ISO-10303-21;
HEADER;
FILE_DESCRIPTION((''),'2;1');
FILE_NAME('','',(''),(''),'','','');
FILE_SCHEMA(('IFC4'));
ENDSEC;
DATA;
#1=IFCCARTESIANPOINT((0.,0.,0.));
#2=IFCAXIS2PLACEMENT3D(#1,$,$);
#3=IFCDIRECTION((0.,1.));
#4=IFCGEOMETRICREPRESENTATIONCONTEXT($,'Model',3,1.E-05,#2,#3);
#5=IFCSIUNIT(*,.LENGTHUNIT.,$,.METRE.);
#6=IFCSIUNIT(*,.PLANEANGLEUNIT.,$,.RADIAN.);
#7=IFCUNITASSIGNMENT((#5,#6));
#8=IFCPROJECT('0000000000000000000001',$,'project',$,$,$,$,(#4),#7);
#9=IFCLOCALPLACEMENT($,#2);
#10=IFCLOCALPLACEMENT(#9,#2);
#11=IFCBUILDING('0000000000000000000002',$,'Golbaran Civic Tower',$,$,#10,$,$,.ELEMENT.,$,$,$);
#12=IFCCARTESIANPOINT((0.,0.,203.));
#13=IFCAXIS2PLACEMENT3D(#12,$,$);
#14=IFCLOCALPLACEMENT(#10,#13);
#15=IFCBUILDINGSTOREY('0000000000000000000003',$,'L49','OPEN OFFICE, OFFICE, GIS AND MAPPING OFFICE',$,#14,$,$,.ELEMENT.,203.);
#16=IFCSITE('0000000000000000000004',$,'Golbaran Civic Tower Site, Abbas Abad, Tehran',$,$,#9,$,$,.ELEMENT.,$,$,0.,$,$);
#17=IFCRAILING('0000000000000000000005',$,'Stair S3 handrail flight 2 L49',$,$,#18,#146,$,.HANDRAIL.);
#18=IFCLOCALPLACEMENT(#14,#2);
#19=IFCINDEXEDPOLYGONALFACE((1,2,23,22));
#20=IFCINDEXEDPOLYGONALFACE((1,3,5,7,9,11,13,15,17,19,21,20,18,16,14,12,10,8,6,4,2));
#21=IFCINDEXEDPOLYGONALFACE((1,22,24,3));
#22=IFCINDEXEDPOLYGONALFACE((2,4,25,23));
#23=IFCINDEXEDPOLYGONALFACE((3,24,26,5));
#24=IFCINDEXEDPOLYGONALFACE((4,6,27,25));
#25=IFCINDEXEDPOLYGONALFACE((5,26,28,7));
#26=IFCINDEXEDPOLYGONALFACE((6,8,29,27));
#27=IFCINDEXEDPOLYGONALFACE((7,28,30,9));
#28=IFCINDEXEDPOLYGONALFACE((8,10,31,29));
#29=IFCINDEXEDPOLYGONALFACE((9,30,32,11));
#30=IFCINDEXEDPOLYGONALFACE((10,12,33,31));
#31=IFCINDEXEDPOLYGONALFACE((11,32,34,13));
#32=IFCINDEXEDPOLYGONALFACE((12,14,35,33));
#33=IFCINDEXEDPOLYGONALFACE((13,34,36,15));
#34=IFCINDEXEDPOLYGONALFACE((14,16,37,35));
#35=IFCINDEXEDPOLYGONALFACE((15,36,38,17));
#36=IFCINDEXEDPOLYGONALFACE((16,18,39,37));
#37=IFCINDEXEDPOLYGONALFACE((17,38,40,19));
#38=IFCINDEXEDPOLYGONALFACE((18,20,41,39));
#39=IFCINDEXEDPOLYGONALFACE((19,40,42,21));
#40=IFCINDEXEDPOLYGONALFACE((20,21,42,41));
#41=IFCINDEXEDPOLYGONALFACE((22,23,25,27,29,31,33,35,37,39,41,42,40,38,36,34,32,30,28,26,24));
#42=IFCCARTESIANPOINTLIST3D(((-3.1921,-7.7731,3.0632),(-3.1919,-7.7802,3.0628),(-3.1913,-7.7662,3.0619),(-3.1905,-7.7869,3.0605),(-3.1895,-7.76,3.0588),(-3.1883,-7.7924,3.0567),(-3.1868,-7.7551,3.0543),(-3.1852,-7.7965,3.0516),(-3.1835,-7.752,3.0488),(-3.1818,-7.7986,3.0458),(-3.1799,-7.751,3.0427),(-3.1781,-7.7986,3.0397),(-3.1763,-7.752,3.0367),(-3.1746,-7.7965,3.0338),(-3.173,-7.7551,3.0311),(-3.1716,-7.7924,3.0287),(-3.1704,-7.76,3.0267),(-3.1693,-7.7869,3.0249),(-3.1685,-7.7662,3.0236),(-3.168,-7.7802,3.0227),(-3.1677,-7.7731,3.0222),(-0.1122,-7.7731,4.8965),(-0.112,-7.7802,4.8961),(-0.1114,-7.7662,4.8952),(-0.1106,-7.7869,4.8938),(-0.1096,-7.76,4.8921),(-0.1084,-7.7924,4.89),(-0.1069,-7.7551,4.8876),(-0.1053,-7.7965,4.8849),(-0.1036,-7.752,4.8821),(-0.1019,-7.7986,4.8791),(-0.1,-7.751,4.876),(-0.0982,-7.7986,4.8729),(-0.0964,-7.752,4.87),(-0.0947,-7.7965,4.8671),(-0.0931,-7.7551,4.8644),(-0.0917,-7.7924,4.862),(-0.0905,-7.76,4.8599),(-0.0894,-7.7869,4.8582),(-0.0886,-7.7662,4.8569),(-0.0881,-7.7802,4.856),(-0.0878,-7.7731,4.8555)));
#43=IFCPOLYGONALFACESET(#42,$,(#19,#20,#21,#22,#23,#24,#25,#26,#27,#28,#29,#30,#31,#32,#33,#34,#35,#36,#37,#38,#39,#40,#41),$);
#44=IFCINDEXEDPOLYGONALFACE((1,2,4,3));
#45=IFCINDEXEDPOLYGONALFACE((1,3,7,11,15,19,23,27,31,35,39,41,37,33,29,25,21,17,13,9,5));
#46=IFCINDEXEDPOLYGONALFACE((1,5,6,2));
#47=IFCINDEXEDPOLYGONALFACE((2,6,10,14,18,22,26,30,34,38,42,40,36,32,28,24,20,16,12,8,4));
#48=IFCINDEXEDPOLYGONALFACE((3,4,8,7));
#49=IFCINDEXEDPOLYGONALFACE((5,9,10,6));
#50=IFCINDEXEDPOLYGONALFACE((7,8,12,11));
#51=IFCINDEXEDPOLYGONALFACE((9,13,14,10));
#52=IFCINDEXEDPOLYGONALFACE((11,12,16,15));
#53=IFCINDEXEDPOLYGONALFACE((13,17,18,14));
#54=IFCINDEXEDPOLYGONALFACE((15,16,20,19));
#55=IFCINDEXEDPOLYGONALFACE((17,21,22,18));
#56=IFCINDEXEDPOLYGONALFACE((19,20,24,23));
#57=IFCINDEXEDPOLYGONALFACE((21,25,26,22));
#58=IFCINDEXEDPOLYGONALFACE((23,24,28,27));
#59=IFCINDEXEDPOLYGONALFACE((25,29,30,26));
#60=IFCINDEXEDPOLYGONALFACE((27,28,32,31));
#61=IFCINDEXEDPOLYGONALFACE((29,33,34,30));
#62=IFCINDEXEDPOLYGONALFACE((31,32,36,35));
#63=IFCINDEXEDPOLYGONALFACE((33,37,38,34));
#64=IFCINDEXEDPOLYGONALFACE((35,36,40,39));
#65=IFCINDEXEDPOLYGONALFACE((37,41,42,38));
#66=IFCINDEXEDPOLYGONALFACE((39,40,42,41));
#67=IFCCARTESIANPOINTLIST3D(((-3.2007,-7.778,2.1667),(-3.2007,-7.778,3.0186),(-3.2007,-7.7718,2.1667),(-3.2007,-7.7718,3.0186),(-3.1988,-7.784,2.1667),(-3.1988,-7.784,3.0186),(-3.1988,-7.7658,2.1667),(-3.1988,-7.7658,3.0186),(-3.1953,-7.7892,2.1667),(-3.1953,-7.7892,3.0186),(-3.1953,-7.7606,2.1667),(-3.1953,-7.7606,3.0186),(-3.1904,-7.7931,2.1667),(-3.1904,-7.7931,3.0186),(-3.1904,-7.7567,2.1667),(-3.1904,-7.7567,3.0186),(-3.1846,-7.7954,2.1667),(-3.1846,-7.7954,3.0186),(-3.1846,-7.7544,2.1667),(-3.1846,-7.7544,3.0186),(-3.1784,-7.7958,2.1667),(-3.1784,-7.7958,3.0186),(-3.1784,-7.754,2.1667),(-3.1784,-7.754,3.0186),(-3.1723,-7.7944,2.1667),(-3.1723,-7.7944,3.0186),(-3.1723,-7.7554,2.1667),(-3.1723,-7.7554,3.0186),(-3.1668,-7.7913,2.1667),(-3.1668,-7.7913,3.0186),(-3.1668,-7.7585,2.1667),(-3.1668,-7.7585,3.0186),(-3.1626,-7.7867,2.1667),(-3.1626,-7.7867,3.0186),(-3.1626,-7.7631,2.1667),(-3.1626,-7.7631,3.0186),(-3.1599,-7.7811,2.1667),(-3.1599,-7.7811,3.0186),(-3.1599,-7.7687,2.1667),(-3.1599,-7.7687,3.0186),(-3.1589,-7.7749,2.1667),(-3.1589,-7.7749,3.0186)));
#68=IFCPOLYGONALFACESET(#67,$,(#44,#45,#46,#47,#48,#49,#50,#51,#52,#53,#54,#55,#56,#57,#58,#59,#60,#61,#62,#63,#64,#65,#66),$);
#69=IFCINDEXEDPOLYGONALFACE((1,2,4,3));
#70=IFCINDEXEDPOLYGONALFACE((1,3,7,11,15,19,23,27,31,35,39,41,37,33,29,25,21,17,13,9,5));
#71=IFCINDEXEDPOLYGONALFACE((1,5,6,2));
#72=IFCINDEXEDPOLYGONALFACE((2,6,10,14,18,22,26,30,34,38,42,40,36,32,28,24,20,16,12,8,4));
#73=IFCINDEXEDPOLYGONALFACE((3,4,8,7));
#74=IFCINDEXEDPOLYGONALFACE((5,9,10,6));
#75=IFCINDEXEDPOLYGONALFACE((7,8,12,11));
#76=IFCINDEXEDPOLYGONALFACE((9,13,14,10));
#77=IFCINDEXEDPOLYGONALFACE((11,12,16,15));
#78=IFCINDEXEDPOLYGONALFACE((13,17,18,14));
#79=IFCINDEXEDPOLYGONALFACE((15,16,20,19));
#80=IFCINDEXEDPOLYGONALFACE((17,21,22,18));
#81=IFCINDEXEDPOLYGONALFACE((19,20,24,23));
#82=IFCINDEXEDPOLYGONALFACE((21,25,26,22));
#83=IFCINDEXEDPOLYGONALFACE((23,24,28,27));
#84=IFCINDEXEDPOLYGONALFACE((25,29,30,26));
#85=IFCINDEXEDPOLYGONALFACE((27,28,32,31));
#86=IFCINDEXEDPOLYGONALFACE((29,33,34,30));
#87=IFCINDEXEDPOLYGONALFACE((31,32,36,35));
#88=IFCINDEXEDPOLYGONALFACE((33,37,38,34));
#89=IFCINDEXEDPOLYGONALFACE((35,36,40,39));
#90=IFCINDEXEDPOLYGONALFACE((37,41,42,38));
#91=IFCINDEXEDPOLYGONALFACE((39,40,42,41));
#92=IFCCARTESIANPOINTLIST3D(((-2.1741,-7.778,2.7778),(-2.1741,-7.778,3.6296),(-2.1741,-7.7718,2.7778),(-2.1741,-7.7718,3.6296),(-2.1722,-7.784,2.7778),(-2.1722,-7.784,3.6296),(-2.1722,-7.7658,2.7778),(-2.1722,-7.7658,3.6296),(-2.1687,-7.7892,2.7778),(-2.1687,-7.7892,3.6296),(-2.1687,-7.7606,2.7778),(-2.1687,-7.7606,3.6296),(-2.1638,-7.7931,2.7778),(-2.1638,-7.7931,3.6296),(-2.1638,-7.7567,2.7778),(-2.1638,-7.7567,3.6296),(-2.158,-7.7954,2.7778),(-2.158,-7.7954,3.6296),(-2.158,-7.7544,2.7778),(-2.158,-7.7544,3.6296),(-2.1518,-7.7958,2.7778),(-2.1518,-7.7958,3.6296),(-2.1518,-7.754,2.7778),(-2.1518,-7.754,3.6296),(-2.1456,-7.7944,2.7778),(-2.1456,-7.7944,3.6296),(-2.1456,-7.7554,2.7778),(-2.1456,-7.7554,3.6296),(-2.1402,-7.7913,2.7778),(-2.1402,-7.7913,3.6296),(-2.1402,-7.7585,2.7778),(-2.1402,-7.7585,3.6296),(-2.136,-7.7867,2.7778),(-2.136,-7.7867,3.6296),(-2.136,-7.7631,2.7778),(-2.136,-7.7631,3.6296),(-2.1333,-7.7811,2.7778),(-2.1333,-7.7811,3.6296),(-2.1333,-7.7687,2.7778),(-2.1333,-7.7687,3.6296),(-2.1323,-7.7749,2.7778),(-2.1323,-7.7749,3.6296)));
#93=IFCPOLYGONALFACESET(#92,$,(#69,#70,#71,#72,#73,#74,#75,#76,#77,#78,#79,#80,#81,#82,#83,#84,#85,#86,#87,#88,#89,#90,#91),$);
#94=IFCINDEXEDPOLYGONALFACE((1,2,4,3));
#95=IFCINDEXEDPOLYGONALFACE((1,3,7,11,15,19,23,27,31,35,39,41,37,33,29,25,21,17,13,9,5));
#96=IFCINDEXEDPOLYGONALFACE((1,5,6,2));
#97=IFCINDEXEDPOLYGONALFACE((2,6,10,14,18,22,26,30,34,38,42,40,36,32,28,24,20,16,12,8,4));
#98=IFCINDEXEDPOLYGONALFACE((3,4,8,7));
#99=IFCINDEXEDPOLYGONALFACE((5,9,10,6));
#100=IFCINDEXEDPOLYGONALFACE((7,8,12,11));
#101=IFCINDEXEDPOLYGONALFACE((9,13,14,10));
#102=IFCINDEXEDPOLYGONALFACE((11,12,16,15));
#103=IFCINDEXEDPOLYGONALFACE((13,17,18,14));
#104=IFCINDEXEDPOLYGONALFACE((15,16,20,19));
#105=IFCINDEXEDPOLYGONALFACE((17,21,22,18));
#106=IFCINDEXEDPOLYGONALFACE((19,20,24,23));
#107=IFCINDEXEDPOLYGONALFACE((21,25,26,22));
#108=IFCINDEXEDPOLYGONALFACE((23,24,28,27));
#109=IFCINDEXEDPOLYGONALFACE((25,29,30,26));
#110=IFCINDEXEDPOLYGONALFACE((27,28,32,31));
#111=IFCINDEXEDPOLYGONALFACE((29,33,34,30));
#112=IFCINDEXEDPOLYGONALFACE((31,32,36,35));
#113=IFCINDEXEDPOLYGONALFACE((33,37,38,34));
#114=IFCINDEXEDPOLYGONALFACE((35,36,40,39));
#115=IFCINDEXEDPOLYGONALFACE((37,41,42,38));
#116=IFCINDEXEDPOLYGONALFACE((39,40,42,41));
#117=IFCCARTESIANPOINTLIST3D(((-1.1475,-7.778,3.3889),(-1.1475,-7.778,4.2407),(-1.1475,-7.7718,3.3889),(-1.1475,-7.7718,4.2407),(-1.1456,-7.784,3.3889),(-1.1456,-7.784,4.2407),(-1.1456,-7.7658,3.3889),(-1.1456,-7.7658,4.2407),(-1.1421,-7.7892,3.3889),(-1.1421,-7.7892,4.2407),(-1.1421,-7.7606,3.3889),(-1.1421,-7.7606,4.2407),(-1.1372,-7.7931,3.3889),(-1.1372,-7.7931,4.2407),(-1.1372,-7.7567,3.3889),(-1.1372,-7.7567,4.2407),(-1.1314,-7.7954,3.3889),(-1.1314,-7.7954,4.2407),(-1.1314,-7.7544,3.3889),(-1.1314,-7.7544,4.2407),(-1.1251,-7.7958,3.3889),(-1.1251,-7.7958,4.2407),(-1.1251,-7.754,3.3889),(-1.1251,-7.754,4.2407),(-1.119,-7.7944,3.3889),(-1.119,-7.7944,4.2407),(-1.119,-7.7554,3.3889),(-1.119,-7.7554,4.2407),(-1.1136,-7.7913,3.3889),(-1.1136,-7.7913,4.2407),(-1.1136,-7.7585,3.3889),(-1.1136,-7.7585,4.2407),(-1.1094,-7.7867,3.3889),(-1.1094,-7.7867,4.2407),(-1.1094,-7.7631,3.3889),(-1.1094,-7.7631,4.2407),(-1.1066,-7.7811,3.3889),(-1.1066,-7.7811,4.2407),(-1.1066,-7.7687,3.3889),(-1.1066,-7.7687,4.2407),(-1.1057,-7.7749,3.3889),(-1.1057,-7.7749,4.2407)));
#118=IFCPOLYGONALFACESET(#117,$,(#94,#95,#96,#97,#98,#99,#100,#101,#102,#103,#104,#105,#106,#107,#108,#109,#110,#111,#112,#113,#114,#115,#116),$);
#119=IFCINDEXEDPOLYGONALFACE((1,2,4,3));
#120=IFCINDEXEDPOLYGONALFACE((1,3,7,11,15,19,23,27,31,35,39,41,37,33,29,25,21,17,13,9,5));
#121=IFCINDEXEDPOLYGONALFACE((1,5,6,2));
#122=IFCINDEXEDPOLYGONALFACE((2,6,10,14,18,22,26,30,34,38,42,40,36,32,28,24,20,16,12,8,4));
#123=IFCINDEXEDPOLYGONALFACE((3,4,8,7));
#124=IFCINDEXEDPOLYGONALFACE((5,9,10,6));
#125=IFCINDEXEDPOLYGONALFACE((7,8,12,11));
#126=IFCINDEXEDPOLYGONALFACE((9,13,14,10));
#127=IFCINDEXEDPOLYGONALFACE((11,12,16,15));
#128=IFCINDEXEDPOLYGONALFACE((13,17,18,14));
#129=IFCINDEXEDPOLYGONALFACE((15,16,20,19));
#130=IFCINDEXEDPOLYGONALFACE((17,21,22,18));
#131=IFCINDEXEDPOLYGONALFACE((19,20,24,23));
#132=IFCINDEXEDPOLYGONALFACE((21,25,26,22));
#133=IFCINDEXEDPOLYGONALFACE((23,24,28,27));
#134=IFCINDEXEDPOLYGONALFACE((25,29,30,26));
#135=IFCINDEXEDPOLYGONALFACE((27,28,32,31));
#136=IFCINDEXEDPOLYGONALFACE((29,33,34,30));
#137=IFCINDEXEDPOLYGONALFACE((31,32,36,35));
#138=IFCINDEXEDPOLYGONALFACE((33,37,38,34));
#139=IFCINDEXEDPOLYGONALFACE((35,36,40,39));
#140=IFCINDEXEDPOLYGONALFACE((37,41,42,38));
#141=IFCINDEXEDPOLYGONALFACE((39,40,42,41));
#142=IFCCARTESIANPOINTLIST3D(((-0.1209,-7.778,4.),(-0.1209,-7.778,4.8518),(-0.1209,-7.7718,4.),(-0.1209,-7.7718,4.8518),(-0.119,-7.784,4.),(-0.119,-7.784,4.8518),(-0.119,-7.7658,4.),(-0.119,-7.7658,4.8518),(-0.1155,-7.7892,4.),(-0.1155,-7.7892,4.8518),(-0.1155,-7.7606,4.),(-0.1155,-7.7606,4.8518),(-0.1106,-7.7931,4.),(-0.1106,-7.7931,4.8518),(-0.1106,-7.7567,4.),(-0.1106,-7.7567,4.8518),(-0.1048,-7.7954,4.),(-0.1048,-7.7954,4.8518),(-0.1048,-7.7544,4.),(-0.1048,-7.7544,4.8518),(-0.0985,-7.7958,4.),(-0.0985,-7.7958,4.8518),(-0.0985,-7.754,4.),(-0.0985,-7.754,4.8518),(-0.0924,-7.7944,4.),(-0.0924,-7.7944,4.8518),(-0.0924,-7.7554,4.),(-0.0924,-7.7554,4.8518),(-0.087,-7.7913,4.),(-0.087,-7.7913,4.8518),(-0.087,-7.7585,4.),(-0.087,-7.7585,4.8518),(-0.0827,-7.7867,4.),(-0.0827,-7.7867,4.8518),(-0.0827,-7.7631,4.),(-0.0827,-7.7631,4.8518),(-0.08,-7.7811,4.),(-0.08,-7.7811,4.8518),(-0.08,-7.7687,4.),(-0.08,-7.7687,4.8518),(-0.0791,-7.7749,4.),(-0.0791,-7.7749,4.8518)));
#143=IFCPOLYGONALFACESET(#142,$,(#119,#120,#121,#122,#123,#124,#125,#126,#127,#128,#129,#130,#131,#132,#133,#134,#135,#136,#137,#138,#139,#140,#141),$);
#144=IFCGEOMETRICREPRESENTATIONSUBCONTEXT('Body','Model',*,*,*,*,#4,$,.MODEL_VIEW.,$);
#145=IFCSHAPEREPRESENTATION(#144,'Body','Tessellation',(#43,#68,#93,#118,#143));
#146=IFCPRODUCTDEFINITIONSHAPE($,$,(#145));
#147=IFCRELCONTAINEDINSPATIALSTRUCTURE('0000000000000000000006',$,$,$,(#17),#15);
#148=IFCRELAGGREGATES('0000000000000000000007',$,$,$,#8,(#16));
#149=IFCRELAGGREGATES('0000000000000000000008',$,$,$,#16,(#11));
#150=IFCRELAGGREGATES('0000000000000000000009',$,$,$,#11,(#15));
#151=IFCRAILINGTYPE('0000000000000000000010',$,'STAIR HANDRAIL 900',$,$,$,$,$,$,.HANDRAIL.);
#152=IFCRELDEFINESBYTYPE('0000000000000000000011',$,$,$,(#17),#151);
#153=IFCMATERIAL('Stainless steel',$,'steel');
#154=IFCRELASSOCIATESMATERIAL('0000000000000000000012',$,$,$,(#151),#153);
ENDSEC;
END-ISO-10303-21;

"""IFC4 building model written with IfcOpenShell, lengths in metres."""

from ifc_helpers import new_model, si_unit, direction, frame, origin, origin_2d, place, context, subcontext, project, spatial, circle, extrude, material, type_object, element, save


model = new_model("IFC4")

# Units and contexts
model_context = context("Model", 3, precision=1e-05, world=origin(), true_north=direction((0.0, 1.0)))
body_context = subcontext(model_context, "Body", "Model", "MODEL_VIEW")
ifc_project = project(units=[si_unit("LENGTHUNIT", "METRE"), si_unit("PLANEANGLEUNIT", "RADIAN")], contexts=[model_context])

# Site, building, storey
site_placement = place(None, origin())
site = spatial("IfcSite", under=ifc_project, at=site_placement, Name="Golbaran Civic Tower Site, Abbas Abad, Tehran", CompositionType="ELEMENT", RefElevation=0.0)
building_placement = place(site_placement, origin())
building = spatial("IfcBuilding", under=site, at=building_placement, Name="Golbaran Civic Tower", CompositionType="ELEMENT")
storey_placement = place(building_placement, frame((0.0, 0.0, 203.0)))
storey = spatial("IfcBuildingStorey", under=building, at=storey_placement, Name="L49", Description="OPEN OFFICE, OFFICE, GIS AND MAPPING OFFICE", CompositionType="ELEMENT", Elevation=203.0)

# Shared definitions
ifc_material_1 = material(Name="Stainless steel", Category="steel")

# Railing
railing_type = type_object("IfcRailingType", Name="STAIR HANDRAIL 900", PredefinedType="HANDRAIL", material=ifc_material_1)
railing_placement = place(storey_placement, frame((-3.1799, -7.7749, 2.1667)))
element("IfcRailing", 1, at=railing_placement, inside=storey, type_object=railing_type, Name="Stair S3 handrail flight 2 L49", PredefinedType="HANDRAIL", context=body_context, shape_type="SweptSolid", body=[
    extrude(circle(Radius=0.0239, at=origin_2d()), frame((0.0, 0.0, 0.876), z_axis=(0.859291, 0.0, 0.511487), x_axis=(0.0, 1.0, 0.0)), (0.0, 0.0, 1.0), 3.5842),
    extrude(circle(Radius=0.021, at=origin_2d()), origin(), (0.0, 0.0, 1.0), 0.8518),
    extrude(circle(Radius=0.021, at=origin_2d()), frame((1.0266, 0.0, 0.6111)), (0.0, 0.0, 1.0), 0.8518),
    extrude(circle(Radius=0.021, at=origin_2d()), frame((2.0532, 0.0, 1.2222)), (0.0, 0.0, 1.0), 0.8518),
    extrude(circle(Radius=0.021, at=origin_2d()), frame((3.0798, 0.0, 1.8333)), (0.0, 0.0, 1.0), 0.8518),
])

save(model, "model.ifc")
